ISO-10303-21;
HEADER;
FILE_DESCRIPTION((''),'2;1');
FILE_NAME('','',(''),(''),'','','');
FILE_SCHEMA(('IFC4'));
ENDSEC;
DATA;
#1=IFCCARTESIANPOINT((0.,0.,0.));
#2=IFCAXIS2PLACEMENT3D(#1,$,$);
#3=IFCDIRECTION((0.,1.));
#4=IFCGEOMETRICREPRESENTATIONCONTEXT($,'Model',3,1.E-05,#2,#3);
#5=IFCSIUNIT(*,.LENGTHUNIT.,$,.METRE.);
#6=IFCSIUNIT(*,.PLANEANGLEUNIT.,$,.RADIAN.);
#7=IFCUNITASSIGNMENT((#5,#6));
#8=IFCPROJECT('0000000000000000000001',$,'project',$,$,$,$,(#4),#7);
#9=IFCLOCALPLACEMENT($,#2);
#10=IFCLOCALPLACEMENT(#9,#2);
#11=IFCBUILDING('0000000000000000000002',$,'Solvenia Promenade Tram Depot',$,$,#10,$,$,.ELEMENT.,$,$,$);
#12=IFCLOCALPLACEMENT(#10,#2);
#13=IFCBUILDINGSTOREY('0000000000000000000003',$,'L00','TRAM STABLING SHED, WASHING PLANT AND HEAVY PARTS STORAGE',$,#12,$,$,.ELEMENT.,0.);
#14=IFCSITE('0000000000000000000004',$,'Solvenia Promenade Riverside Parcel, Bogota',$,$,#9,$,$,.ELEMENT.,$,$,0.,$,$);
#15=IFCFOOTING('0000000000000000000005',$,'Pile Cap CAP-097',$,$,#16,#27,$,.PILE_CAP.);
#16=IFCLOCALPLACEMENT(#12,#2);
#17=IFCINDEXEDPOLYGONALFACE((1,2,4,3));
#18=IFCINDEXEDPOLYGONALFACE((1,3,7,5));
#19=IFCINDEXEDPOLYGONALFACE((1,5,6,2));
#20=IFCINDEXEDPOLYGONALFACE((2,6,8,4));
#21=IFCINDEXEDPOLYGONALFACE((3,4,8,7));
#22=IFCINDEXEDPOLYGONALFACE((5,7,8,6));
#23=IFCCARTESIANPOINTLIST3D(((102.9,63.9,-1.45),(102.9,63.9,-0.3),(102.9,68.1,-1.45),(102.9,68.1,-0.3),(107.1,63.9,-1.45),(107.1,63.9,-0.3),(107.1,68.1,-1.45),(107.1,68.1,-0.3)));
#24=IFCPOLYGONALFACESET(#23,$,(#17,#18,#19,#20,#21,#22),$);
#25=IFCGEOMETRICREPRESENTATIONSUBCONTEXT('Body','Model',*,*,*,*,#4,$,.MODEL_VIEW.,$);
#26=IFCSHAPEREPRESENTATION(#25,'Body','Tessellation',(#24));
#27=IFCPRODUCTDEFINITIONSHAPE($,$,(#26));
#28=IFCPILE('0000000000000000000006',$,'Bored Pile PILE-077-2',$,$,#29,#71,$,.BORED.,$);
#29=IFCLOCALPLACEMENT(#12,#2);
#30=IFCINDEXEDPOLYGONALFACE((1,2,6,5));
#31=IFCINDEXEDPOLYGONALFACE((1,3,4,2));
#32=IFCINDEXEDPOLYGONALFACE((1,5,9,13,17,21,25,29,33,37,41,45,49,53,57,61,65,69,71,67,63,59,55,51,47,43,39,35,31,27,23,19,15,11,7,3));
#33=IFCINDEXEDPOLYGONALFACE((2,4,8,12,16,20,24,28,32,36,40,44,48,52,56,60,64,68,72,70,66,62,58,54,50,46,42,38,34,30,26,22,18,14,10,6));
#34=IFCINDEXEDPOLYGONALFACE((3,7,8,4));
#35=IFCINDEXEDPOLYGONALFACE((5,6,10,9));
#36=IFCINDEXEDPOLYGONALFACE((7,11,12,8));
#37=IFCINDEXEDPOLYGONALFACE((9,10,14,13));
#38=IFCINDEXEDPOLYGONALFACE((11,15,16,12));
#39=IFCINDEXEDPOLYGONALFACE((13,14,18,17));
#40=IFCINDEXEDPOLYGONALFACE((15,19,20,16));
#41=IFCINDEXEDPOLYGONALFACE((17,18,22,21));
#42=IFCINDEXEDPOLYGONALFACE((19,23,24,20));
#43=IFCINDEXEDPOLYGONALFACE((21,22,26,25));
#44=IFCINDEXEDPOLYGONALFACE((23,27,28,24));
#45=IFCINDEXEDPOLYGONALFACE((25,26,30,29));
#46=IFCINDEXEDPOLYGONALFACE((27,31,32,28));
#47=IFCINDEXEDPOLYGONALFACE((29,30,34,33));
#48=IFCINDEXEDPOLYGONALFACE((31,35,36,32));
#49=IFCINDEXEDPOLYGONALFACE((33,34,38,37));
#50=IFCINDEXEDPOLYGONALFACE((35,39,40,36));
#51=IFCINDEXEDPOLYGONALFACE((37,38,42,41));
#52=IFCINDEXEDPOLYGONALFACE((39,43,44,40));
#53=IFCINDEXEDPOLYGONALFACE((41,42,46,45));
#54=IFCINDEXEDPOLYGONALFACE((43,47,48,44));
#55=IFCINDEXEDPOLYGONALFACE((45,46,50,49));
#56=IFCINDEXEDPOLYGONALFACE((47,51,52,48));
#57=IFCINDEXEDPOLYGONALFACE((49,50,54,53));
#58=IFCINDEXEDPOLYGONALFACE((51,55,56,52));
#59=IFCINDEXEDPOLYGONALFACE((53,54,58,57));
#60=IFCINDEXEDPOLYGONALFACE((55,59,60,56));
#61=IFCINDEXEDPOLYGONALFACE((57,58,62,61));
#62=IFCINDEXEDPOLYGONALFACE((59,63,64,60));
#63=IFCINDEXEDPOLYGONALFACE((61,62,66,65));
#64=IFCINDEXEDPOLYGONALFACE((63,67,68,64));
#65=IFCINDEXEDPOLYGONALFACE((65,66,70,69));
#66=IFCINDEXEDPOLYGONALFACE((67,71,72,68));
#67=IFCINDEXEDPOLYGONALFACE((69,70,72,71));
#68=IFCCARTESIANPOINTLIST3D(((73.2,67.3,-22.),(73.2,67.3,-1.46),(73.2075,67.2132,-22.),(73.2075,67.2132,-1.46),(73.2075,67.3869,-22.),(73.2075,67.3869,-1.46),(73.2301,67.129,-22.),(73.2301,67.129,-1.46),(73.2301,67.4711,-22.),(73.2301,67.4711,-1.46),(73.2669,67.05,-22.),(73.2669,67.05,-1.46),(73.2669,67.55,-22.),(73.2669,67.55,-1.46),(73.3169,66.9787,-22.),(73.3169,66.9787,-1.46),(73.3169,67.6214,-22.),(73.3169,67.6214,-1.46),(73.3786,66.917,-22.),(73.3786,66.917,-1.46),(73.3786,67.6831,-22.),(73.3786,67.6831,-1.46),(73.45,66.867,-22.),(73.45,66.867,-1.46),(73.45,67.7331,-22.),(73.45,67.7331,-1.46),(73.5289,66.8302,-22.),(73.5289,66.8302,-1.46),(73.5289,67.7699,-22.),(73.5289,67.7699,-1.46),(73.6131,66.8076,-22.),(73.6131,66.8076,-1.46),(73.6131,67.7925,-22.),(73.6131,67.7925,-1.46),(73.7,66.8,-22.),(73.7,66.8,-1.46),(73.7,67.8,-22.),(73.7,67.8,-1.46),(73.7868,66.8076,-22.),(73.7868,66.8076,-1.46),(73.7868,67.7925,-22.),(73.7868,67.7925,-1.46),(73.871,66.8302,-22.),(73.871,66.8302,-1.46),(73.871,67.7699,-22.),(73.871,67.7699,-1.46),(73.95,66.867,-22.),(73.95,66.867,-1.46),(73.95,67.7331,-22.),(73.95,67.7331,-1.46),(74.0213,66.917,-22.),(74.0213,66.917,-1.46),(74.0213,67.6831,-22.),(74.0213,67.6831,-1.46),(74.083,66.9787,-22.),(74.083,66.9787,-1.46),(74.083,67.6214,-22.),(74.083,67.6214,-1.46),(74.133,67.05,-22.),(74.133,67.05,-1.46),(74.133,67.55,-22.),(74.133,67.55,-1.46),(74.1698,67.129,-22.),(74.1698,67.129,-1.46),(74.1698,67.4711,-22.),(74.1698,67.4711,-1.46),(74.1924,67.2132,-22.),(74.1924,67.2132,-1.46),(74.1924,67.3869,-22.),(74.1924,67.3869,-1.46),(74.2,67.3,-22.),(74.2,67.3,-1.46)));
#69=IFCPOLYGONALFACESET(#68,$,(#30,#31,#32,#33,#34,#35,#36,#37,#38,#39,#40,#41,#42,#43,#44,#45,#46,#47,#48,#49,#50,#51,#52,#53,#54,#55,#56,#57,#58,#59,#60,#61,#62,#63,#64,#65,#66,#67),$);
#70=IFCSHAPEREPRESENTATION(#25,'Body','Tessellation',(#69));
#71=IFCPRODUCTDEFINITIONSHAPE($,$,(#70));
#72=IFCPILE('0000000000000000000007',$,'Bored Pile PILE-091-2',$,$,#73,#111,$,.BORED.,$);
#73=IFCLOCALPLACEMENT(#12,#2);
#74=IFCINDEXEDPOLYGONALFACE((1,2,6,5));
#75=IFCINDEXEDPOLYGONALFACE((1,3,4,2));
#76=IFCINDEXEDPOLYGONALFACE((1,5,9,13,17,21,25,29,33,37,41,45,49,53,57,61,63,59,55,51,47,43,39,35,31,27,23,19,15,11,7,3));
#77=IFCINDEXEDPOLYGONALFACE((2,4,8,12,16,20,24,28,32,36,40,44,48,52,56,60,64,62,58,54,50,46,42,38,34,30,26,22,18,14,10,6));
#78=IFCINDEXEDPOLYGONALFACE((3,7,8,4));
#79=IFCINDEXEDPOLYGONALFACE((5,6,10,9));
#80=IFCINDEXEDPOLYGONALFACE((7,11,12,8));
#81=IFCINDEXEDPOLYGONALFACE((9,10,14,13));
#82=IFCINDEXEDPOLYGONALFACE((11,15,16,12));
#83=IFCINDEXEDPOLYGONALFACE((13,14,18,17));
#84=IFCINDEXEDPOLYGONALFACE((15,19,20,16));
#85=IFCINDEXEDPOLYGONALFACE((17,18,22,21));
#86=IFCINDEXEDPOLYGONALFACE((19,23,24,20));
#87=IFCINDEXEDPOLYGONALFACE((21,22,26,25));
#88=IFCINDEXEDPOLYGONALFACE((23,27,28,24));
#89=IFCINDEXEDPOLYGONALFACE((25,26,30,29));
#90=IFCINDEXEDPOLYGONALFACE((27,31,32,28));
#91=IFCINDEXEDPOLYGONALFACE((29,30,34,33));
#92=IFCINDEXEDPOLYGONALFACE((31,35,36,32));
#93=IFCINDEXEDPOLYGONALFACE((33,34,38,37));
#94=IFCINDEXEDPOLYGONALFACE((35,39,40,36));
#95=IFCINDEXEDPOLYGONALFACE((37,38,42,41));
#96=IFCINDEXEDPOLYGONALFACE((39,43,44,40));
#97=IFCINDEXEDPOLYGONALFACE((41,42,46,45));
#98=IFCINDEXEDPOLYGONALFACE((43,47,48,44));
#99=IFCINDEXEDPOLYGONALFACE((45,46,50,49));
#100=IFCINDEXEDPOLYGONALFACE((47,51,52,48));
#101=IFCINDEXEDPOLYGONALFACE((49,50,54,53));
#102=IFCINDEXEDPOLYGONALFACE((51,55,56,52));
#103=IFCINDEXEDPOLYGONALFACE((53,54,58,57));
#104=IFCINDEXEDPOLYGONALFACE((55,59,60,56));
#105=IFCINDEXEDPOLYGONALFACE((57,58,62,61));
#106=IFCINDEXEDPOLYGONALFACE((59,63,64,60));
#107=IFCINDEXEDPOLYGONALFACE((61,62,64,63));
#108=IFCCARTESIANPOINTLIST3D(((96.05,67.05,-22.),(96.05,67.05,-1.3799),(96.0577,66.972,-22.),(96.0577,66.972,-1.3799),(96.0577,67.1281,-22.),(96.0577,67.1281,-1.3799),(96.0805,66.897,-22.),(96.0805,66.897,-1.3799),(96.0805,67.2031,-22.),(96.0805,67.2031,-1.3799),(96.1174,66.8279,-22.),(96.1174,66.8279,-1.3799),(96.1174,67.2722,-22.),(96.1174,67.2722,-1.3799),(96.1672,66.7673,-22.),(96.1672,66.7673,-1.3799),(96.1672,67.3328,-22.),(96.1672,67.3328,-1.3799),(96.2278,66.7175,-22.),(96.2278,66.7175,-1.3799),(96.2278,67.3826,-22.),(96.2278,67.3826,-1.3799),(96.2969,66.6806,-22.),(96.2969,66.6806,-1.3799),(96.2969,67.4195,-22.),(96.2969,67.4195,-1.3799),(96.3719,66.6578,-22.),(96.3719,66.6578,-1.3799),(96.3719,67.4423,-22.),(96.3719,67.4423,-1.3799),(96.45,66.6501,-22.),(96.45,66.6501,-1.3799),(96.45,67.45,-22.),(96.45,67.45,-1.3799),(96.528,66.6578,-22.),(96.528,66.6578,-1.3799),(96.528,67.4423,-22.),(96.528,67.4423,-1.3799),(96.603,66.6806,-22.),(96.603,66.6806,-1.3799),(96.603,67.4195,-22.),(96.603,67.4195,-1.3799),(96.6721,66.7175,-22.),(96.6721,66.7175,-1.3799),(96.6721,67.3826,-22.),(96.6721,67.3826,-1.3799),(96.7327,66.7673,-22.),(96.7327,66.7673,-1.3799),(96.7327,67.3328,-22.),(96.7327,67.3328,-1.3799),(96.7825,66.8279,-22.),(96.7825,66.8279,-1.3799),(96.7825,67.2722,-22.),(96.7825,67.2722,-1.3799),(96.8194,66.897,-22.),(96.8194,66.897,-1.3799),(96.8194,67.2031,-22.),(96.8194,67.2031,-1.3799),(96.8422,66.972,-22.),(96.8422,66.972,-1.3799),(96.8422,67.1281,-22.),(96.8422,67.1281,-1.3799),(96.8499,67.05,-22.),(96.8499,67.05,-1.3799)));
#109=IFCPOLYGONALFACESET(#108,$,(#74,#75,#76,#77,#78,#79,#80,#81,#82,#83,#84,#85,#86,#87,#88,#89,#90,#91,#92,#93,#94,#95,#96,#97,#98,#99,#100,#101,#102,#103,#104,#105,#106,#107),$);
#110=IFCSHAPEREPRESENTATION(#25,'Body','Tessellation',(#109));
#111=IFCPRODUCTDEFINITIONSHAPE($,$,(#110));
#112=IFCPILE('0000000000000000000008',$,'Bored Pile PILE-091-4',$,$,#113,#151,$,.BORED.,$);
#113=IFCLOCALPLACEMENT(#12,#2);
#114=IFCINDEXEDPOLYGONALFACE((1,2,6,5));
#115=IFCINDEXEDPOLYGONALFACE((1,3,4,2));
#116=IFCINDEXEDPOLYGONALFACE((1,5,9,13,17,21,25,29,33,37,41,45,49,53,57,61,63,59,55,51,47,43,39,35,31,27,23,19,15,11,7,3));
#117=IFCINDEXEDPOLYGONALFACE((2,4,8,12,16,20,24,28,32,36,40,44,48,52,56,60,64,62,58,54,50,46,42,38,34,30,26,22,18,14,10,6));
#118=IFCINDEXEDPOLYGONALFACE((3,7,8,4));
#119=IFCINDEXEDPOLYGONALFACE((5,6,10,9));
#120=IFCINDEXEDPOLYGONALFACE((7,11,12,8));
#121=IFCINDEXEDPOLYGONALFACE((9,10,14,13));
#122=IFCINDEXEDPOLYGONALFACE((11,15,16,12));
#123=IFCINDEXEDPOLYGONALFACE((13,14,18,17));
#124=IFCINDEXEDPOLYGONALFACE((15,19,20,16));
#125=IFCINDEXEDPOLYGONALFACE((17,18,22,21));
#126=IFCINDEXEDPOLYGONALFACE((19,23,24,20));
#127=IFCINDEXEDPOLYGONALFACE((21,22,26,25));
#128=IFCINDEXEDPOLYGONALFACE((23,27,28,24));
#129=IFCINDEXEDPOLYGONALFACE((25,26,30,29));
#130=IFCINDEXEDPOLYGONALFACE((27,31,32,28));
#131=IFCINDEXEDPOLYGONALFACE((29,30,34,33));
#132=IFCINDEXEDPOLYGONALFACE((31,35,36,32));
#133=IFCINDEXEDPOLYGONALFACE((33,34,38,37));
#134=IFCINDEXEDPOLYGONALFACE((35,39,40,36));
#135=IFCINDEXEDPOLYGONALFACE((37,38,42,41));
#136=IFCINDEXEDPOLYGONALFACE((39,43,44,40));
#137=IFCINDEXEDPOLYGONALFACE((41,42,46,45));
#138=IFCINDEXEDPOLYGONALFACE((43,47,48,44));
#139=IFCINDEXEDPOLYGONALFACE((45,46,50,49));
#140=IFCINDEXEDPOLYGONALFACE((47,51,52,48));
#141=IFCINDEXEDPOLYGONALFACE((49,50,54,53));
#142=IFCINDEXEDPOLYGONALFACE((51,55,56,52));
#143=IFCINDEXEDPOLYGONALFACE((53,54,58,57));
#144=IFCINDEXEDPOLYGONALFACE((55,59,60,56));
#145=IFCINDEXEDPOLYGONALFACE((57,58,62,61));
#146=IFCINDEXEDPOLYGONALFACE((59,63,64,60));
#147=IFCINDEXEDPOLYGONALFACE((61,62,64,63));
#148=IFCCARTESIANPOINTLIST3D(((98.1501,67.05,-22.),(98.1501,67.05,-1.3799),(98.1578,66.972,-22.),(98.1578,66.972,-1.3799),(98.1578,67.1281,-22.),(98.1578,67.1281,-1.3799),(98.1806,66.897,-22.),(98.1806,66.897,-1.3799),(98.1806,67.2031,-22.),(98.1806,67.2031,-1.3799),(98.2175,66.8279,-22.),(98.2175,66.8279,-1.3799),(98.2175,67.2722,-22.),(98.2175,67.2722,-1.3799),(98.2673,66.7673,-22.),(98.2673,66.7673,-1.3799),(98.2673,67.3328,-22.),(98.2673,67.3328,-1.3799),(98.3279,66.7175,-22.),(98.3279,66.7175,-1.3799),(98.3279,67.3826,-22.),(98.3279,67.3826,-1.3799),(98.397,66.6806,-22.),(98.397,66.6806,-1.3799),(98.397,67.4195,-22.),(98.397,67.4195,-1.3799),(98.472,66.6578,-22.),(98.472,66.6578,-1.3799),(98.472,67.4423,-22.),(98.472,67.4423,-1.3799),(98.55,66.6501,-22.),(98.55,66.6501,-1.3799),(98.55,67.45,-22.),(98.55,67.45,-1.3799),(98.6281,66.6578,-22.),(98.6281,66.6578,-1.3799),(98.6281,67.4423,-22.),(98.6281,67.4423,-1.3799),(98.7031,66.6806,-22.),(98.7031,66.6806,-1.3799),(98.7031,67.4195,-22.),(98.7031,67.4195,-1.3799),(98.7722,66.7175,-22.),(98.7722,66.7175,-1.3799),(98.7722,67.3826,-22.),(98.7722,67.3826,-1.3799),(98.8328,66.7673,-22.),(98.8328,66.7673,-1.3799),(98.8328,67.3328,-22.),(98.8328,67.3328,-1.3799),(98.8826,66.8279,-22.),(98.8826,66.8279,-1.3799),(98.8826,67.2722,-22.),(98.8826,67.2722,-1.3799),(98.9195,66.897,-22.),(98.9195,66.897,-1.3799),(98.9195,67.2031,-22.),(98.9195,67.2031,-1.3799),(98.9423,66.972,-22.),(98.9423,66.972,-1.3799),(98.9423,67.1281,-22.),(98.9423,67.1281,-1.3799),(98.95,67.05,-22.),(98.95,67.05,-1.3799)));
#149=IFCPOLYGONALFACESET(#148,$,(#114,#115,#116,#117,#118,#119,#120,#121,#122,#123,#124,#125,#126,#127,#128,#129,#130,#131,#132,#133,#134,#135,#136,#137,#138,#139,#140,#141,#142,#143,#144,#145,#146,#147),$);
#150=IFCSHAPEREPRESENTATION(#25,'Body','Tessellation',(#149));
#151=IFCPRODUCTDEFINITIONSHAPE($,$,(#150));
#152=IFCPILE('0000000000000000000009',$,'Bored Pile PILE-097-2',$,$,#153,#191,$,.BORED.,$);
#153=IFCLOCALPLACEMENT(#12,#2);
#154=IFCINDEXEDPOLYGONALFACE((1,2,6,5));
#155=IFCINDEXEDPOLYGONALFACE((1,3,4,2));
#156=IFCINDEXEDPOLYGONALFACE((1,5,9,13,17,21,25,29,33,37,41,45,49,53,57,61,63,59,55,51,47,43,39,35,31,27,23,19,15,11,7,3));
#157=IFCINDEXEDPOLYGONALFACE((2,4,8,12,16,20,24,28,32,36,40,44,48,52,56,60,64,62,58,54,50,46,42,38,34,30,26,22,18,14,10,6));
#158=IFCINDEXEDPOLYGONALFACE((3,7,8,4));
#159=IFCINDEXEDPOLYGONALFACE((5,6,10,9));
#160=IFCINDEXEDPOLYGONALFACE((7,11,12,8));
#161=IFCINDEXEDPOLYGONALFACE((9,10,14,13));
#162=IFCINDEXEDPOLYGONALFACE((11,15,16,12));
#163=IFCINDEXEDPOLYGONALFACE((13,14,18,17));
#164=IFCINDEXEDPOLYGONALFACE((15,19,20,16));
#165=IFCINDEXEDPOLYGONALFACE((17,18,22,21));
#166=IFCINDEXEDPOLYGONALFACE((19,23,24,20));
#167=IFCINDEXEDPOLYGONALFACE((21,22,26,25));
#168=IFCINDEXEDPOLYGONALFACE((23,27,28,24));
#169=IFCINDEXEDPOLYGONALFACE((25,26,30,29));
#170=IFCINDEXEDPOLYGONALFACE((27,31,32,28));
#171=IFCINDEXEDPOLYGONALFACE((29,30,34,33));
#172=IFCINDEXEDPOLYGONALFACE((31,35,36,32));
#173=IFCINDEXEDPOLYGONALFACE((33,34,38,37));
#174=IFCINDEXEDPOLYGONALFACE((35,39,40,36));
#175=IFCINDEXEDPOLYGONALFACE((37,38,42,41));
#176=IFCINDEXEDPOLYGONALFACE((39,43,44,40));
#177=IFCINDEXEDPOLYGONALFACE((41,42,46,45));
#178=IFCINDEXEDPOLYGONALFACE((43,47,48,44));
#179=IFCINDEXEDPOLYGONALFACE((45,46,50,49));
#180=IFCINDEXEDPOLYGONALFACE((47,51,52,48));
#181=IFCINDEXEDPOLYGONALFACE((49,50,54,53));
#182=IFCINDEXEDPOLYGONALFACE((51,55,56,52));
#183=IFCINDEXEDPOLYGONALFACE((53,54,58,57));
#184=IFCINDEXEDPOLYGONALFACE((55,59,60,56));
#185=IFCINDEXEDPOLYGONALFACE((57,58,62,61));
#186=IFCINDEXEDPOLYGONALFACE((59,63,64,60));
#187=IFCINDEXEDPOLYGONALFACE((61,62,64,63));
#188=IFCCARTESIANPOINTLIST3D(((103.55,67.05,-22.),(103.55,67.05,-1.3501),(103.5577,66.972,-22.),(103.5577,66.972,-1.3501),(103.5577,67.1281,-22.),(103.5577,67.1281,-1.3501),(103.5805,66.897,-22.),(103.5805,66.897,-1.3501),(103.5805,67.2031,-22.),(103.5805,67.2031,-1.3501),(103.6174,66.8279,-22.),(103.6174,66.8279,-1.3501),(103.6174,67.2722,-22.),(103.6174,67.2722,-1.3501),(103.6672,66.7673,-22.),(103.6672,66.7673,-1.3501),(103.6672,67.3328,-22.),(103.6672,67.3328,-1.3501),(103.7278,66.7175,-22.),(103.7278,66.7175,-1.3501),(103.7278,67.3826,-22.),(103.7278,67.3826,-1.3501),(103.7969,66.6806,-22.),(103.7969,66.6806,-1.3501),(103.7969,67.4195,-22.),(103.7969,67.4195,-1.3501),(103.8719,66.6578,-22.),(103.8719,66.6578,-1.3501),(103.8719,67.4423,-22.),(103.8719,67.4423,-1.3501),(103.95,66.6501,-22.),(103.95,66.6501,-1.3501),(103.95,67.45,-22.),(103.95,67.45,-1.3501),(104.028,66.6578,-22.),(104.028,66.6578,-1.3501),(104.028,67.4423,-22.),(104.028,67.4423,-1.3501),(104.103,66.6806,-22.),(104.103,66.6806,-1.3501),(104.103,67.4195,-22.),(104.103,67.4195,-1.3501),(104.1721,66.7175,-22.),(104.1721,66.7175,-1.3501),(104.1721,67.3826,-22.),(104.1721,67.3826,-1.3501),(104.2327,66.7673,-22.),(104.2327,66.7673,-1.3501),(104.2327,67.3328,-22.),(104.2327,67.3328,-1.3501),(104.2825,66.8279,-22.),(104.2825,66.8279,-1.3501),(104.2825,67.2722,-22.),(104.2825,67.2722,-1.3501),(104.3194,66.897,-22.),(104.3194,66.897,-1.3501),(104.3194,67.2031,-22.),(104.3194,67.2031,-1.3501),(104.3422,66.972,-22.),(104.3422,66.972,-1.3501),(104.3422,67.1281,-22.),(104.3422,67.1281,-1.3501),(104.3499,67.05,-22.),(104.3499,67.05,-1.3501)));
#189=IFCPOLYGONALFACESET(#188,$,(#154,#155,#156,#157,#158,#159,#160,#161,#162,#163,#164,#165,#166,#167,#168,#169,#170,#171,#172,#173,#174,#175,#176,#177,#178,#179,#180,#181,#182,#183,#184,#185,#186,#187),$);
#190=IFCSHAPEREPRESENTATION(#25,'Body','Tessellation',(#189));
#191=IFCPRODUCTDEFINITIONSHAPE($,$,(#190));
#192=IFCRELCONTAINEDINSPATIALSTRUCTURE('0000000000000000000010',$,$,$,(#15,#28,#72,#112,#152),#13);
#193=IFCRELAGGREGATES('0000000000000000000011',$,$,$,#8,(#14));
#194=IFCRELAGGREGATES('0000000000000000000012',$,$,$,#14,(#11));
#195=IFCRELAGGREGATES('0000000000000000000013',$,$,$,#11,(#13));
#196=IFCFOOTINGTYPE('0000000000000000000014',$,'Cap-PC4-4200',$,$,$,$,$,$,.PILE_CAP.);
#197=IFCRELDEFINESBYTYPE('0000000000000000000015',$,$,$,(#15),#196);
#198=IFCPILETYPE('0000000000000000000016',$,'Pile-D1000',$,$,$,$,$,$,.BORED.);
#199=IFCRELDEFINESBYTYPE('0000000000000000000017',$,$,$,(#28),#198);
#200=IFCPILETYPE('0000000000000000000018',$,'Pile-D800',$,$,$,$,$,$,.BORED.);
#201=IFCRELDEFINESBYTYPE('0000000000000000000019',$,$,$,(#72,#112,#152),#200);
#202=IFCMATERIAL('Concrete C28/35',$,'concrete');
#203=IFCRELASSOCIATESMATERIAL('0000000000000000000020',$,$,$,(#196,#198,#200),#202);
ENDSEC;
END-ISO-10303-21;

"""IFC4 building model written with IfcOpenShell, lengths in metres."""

from ifc_helpers import new_model, si_unit, direction, frame, origin, origin_2d, place, context, subcontext, project, spatial, rectangle, circle, extrude, material, material_profile, profile_set, type_object, element, save


model = new_model("IFC4")

# Units and contexts
model_context = context("Model", 3, precision=1e-05, world=origin(), true_north=direction((0.0, 1.0)))
body_context = subcontext(model_context, "Body", "Model", "MODEL_VIEW")
ifc_project = project(units=[si_unit("LENGTHUNIT", "METRE"), si_unit("PLANEANGLEUNIT", "RADIAN")], contexts=[model_context])

# Site, building, storey
site_placement = place(None, origin())
site = spatial("IfcSite", under=ifc_project, at=site_placement, Name="Solvenia Promenade Riverside Parcel, Bogota", CompositionType="ELEMENT", RefElevation=0.0)
building_placement = place(site_placement, origin())
building = spatial("IfcBuilding", under=site, at=building_placement, Name="Solvenia Promenade Tram Depot", CompositionType="ELEMENT")
storey_placement = place(building_placement, origin())
storey = spatial("IfcBuildingStorey", under=building, at=storey_placement, Name="L00", Description="TRAM STABLING SHED, WASHING PLANT AND HEAVY PARTS STORAGE", CompositionType="ELEMENT", Elevation=0.0)

# Footing
ifc_material_1 = material(Name="Concrete C28/35", Category="concrete")
footing_type_1 = type_object("IfcFootingType", Name="Cap-PC4-4200", PredefinedType="PILE_CAP", material=ifc_material_1)
footing_1_placement = place(storey_placement, frame((105.0, 66.0, -1.45), z_axis=(0.0, 0.0, 1.0), x_axis=(1.0, 0.0, 0.0)))
element("IfcFooting", 1, at=footing_1_placement, inside=storey, type_object=footing_type_1, Name="Pile Cap CAP-097", PredefinedType="PILE_CAP", context=body_context, shape_type="SweptSolid", body=[
    extrude(rectangle(XDim=4.2, YDim=4.2, at=origin_2d()), origin(), (0.0, 0.0, 1.0), 1.1499),
])

# Piles
ifc_material_profile_1 = material_profile(ifc_material_1, circle(Radius=0.5, at=origin_2d()), Name="D1000", Category="concrete")
ifc_profile_set_1 = profile_set([ifc_material_profile_1], Name="Concrete C28/35")
pile_type_1 = type_object("IfcPileType", Name="Pile-D1000", PredefinedType="BORED", material=ifc_profile_set_1)
pile_placement = place(storey_placement, frame((73.7, 67.3, -1.46), z_axis=(0.0, 0.0, -1.0), x_axis=(1.0, 0.0, 0.0)))
element("IfcPile", 2, at=pile_placement, inside=storey, type_object=pile_type_1, Name="Bored Pile PILE-077-2", PredefinedType="BORED", context=body_context, shape_type="SweptSolid", body=[
    extrude(circle(Radius=0.5, at=origin_2d()), origin(), (0.0, 0.0, 1.0), 20.54),
])
ifc_material_profile_2 = material_profile(ifc_material_1, circle(Radius=0.3999, at=origin_2d()), Name="D800", Category="concrete")
ifc_profile_set_2 = profile_set([ifc_material_profile_2], Name="Concrete C28/35")
pile_type_2 = type_object("IfcPileType", Name="Pile-D800", PredefinedType="BORED", material=ifc_profile_set_2)
for number, where, z_axis, x_axis, name in (
    (3, (96.45, 67.05, -1.3799), (0.0, 0.0, -1.0), (1.0, 0.0, 0.0), "Bored Pile PILE-091-2"),
    (4, (98.55, 67.05, -1.3799), (0.0, 0.0, -1.0), (1.0, 0.0, 0.0), "Bored Pile PILE-091-4"),
):
    element("IfcPile", number, at=place(storey_placement, frame(where, z_axis=z_axis, x_axis=x_axis)), inside=storey, type_object=pile_type_2, Name=name, PredefinedType="BORED", context=body_context, shape_type="SweptSolid", body=[
        extrude(circle(Radius=0.3999, at=origin_2d()), origin(), (0.0, 0.0, 1.0), 20.6201),
    ])
for number, where, z_axis, x_axis, name in (
    (5, (103.95, 67.05, -1.3501), (0.0, 0.0, -1.0), (1.0, 0.0, 0.0), "Bored Pile PILE-097-2"),
):
    element("IfcPile", number, at=place(storey_placement, frame(where, z_axis=z_axis, x_axis=x_axis)), inside=storey, type_object=pile_type_2, Name=name, PredefinedType="BORED", context=body_context, shape_type="SweptSolid", body=[
        extrude(circle(Radius=0.3999, at=origin_2d()), origin(), (0.0, 0.0, 1.0), 20.6499),
    ])

save(model, "model.ifc")
